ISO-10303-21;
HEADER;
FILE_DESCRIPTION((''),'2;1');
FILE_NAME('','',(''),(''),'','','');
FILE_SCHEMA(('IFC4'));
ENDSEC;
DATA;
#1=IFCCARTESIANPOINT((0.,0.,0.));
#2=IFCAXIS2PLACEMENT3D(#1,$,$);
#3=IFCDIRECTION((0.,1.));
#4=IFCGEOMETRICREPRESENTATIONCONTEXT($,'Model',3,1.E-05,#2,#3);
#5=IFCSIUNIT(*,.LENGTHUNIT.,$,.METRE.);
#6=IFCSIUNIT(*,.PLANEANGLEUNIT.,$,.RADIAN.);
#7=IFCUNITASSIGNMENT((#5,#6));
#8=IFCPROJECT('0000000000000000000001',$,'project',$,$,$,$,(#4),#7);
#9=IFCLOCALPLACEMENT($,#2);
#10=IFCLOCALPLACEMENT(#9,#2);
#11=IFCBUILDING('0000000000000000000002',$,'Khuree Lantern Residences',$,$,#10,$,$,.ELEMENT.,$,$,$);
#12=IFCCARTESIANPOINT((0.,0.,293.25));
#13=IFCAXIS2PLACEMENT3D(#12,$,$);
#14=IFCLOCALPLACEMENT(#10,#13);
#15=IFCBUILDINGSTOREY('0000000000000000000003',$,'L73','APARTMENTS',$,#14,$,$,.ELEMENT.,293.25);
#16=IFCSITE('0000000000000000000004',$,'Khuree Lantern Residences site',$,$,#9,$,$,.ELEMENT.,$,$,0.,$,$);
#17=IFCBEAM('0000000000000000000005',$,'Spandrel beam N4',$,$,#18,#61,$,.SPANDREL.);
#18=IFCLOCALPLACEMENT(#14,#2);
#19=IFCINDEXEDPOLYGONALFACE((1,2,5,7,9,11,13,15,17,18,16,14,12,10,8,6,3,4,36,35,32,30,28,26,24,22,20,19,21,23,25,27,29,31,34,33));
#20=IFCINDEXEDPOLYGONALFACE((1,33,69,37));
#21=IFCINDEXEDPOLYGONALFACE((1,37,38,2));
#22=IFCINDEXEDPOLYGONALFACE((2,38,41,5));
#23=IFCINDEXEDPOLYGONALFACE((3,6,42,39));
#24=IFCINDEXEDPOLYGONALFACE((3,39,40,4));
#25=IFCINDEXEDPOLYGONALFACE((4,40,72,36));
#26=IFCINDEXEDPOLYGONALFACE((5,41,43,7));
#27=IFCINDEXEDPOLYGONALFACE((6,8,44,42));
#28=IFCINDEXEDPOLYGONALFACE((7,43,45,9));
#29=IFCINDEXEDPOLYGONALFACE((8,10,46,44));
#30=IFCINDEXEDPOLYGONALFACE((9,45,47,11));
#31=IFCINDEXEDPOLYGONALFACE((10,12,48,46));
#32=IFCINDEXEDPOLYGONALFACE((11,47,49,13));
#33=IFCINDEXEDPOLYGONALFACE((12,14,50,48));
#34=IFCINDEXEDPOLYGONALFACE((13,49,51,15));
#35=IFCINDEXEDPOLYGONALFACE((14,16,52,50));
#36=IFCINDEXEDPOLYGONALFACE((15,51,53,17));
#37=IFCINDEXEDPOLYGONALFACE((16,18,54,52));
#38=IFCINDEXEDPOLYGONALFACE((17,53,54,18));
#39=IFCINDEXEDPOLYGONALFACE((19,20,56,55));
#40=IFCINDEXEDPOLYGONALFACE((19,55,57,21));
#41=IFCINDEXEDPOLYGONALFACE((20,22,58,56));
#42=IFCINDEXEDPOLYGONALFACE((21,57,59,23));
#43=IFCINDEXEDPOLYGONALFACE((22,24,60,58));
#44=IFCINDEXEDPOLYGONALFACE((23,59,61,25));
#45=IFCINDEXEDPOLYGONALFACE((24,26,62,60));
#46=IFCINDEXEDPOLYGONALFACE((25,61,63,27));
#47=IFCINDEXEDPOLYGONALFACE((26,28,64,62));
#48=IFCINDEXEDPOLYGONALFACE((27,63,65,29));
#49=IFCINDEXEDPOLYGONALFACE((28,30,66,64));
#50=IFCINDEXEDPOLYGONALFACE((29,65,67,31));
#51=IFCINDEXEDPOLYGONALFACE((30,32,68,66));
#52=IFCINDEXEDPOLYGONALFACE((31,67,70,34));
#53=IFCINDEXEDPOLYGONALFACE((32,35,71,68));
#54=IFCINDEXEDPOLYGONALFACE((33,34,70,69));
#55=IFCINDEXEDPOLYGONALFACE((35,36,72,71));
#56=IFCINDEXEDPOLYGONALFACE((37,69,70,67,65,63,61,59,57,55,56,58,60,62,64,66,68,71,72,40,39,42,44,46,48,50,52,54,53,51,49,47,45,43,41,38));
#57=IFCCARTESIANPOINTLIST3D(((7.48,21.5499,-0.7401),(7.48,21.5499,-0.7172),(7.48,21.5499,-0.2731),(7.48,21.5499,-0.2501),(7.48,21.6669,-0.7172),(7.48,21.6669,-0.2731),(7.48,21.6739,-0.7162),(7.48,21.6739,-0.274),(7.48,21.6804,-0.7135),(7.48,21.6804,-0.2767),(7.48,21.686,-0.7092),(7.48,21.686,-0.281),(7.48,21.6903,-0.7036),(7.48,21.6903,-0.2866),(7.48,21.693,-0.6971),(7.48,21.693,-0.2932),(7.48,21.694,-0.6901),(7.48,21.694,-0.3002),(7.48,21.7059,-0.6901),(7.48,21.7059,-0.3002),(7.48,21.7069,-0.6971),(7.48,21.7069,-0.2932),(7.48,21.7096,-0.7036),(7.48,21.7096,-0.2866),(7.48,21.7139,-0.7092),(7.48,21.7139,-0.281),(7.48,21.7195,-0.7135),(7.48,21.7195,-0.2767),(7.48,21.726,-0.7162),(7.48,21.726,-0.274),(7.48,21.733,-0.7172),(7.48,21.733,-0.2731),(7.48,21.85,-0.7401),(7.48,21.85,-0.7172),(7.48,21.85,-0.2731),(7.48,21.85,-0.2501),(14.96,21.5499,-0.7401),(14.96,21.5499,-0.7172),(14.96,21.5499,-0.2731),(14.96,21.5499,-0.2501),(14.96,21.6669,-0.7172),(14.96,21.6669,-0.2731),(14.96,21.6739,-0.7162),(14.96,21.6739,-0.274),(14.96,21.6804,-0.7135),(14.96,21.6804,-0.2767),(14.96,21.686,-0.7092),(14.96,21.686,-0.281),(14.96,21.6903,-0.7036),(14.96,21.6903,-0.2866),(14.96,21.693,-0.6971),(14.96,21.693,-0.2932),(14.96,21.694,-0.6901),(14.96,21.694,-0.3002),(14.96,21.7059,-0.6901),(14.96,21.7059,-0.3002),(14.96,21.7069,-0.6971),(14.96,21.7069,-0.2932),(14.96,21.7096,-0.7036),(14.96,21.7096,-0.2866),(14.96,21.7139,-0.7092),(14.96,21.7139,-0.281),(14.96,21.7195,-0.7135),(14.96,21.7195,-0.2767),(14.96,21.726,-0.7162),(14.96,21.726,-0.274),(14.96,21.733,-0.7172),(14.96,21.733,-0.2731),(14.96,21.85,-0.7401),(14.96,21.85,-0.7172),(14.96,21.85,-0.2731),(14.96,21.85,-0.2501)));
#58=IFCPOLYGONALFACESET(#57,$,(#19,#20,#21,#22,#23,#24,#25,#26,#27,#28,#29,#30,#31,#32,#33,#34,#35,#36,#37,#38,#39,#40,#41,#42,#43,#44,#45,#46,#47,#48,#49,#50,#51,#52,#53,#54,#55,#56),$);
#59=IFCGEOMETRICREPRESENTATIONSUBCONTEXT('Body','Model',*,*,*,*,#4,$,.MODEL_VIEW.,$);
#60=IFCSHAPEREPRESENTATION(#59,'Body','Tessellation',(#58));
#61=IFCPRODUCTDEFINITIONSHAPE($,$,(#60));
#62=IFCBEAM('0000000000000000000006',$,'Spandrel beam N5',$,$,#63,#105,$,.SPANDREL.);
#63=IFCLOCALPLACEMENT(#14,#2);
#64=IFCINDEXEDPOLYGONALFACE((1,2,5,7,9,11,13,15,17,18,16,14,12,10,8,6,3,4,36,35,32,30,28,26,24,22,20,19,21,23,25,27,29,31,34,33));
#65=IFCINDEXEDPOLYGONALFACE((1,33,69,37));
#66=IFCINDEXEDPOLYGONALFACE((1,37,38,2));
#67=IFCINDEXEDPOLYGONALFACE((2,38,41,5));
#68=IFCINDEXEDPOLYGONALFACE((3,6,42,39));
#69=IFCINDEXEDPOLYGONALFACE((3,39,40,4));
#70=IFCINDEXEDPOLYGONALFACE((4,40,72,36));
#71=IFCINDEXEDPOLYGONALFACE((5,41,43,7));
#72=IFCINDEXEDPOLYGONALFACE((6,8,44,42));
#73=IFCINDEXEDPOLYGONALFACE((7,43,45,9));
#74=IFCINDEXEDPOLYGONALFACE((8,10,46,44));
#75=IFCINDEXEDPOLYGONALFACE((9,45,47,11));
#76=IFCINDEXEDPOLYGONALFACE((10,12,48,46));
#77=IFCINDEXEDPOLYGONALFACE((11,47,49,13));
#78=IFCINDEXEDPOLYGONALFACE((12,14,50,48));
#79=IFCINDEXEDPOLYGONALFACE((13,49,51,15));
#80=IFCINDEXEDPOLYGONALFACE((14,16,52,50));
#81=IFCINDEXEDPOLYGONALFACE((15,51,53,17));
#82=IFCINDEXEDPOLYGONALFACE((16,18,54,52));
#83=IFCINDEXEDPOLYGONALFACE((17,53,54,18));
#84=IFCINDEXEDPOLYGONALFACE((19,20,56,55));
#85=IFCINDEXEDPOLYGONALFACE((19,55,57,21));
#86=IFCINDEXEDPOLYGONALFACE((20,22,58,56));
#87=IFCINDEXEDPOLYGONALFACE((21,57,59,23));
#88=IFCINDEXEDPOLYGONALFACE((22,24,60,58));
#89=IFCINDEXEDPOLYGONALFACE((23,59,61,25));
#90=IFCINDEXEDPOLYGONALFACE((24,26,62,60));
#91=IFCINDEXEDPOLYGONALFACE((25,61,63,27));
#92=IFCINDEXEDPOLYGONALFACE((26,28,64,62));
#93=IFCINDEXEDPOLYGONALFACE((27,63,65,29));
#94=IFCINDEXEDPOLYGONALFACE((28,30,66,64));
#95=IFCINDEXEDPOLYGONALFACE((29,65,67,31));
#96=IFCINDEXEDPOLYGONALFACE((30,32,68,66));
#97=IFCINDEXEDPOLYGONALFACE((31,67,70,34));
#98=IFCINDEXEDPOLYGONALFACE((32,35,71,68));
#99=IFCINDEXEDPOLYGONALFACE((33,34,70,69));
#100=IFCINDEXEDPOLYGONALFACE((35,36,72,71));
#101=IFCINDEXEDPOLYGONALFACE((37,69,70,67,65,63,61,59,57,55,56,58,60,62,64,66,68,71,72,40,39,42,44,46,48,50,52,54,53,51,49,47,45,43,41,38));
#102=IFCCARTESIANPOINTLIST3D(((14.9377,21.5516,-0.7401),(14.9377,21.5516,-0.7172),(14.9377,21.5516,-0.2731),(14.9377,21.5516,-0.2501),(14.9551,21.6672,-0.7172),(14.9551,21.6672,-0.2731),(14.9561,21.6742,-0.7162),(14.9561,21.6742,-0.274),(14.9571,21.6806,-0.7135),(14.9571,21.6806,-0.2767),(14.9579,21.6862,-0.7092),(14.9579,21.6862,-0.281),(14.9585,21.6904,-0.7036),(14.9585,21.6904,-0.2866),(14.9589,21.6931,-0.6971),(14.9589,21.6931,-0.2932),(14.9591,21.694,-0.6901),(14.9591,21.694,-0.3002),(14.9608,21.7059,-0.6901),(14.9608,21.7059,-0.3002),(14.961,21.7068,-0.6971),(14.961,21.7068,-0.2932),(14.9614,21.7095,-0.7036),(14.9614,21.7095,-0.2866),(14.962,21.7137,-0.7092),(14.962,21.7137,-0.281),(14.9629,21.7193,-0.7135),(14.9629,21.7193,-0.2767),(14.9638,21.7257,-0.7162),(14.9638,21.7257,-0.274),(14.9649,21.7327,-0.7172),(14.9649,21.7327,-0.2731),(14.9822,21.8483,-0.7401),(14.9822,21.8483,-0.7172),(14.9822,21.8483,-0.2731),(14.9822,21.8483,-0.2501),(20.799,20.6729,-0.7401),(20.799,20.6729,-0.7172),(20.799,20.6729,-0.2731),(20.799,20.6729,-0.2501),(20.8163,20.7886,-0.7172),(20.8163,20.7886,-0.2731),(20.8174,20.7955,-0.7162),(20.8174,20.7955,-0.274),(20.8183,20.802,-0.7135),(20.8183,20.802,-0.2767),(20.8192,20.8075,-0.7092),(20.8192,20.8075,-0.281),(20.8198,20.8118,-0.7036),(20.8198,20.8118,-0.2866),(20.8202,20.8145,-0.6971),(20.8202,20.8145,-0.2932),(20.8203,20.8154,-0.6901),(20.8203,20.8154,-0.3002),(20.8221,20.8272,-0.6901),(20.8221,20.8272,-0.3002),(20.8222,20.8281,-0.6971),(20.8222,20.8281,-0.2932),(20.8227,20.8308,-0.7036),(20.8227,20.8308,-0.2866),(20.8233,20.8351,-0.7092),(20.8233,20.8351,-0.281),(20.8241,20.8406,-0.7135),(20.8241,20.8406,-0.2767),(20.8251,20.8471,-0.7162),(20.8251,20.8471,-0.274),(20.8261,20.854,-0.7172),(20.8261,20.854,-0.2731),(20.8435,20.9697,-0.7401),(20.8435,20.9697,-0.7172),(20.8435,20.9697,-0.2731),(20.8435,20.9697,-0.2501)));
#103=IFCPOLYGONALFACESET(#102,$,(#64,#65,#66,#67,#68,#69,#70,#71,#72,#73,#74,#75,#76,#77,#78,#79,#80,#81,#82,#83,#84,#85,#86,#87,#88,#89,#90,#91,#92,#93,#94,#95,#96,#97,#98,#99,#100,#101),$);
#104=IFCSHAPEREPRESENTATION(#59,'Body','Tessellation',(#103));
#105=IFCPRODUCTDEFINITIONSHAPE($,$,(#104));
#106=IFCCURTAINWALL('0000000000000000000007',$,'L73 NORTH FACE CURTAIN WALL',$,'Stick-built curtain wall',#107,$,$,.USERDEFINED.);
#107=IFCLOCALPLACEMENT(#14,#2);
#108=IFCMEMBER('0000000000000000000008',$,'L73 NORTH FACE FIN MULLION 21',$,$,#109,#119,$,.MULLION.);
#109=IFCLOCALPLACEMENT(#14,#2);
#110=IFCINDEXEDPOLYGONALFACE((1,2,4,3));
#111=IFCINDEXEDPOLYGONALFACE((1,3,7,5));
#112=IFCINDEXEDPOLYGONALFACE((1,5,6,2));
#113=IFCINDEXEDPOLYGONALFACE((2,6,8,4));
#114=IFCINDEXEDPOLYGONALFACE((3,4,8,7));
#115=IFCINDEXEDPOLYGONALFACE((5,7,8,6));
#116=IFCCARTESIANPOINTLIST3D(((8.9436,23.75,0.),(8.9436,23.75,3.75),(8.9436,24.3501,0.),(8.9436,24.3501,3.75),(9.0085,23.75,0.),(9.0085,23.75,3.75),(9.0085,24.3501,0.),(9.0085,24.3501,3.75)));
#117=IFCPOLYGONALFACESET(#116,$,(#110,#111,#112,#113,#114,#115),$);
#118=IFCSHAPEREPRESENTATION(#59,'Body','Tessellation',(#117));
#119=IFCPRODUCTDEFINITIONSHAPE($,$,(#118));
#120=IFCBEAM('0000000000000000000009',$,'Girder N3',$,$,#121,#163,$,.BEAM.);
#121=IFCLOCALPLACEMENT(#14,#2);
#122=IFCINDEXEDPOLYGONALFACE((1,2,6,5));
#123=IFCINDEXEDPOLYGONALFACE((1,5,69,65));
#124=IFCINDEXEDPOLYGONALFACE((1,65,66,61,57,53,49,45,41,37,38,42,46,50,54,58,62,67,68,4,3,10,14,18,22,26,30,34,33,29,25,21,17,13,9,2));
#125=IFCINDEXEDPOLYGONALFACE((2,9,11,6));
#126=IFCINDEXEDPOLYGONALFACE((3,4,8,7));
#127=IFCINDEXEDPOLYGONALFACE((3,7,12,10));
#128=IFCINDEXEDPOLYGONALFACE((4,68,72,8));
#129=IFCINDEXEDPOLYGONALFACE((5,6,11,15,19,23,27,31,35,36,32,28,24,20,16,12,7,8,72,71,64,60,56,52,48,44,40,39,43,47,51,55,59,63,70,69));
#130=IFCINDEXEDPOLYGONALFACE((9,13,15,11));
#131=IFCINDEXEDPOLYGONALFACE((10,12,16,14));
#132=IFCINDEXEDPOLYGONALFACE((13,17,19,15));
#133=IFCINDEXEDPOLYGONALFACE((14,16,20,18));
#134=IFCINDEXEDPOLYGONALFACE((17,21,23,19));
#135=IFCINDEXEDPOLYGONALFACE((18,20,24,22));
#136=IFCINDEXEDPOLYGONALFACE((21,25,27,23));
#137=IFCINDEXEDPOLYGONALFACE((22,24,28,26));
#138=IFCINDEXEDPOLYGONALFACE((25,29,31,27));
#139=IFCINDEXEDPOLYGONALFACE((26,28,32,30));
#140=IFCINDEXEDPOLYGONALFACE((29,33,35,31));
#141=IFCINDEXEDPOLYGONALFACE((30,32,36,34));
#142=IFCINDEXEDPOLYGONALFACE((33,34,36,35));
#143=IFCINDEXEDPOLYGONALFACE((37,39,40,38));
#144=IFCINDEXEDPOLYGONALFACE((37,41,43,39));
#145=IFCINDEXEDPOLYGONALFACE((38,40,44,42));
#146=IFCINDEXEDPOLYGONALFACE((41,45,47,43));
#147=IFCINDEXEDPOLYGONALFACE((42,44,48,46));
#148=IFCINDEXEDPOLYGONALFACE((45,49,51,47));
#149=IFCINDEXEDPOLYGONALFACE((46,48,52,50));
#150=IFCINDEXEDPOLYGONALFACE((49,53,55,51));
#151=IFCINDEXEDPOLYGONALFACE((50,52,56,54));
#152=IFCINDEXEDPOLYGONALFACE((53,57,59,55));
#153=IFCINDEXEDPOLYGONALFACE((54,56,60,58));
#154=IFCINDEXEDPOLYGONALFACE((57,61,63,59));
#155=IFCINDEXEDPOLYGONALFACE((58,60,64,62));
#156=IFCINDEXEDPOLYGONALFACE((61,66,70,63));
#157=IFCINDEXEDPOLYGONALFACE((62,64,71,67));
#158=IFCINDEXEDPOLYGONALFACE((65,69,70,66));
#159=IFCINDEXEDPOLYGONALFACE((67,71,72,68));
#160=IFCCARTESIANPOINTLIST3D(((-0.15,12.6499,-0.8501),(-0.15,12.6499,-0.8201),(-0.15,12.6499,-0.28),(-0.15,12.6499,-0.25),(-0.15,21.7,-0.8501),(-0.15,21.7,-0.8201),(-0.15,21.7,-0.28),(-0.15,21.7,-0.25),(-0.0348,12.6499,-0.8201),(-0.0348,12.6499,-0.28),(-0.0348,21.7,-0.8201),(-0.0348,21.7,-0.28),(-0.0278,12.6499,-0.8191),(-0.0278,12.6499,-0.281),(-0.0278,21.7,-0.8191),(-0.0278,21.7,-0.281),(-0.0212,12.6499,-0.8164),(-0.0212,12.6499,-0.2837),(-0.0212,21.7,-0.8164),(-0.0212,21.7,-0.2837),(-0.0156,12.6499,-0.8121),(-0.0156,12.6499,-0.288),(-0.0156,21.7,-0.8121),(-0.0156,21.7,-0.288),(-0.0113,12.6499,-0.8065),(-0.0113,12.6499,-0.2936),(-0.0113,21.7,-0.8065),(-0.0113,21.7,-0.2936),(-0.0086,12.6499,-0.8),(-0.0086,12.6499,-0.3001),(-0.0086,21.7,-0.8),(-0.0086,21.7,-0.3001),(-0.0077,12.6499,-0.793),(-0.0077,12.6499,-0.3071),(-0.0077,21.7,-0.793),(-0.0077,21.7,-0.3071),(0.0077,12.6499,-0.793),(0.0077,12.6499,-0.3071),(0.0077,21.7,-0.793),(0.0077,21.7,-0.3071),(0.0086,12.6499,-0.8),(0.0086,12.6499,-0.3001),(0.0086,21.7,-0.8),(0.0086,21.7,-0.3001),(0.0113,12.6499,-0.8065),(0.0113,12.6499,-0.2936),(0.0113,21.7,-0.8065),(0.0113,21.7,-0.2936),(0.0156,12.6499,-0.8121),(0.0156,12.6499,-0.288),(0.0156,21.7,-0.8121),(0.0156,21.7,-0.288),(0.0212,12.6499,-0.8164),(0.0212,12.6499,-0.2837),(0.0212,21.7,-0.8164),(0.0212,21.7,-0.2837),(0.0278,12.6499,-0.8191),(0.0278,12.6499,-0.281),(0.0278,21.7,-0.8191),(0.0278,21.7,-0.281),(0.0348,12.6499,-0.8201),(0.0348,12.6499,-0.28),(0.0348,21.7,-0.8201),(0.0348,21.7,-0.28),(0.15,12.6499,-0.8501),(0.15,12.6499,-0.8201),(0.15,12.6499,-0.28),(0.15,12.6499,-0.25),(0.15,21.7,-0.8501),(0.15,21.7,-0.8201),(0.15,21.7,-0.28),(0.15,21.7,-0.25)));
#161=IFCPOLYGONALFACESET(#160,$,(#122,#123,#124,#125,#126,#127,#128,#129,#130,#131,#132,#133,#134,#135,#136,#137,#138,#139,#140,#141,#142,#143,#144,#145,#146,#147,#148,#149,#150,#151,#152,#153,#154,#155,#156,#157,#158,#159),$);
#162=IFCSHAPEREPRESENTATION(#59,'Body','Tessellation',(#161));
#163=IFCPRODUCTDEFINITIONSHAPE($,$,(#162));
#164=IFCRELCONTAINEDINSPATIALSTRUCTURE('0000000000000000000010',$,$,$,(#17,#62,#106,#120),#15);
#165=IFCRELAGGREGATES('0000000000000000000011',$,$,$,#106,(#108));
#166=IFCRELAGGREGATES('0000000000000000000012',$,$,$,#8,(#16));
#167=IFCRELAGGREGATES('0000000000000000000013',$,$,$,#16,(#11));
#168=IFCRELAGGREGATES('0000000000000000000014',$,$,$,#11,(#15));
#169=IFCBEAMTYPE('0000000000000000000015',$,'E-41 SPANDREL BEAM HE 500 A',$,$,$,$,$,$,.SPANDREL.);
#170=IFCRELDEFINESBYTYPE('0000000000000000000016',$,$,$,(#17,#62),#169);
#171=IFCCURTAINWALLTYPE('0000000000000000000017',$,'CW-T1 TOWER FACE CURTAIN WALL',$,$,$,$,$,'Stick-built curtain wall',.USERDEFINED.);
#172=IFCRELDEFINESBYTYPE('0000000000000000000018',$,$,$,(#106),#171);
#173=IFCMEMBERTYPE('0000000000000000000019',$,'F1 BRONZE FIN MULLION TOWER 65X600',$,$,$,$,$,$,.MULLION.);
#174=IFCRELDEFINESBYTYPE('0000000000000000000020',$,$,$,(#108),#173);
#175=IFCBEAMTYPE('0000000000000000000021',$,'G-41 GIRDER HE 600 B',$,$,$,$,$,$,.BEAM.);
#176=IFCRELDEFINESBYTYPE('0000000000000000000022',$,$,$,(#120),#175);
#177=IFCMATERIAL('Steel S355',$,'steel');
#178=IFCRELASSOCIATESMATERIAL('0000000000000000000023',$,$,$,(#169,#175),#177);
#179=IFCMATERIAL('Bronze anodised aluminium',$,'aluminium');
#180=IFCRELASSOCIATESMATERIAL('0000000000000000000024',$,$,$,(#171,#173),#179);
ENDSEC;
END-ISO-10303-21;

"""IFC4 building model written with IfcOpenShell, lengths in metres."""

from ifc_helpers import new_model, si_unit, direction, frame, origin, origin_2d, place, context, subcontext, project, spatial, rectangle, i_section, extrude, material, material_profile, profile_set, type_object, element, aggregate, save


model = new_model("IFC4")

# Units and contexts
model_context = context("Model", 3, precision=1e-05, world=origin(), true_north=direction((0.0, 1.0)))
body_context = subcontext(model_context, "Body", "Model", "MODEL_VIEW")
ifc_project = project(units=[si_unit("LENGTHUNIT", "METRE"), si_unit("PLANEANGLEUNIT", "RADIAN")], contexts=[model_context])

# Site, building, storey
site_placement = place(None, origin())
site = spatial("IfcSite", under=ifc_project, at=site_placement, Name="Khuree Lantern Residences site", CompositionType="ELEMENT", RefElevation=0.0)
building_placement = place(site_placement, origin())
building = spatial("IfcBuilding", under=site, at=building_placement, Name="Khuree Lantern Residences", CompositionType="ELEMENT")
storey_placement = place(building_placement, frame((0.0, 0.0, 293.25)))
storey = spatial("IfcBuildingStorey", under=building, at=storey_placement, Name="L73", Description="APARTMENTS", CompositionType="ELEMENT", Elevation=293.25)

# Beams
ifc_material_1 = material(Name="Steel S355", Category="steel")
ifc_material_profile_1 = material_profile(ifc_material_1, i_section(OverallWidth=0.3, OverallDepth=0.49, WebThickness=0.012, FlangeThickness=0.0229, FilletRadius=0.0271, at=origin_2d()), Name="HE 500 A")
ifc_profile_set_1 = profile_set([ifc_material_profile_1], Name="Steel S355")
beam_type_1 = type_object("IfcBeamType", Name="E-41 SPANDREL BEAM HE 500 A", PredefinedType="SPANDREL", material=ifc_profile_set_1)
for number, where, z_axis, x_axis, name in (
    (1, (7.48, 21.7, -0.4951), (1.0, 0.0, 0.0), (0.0, 1.0, 0.0), "Spandrel beam N4"),
):
    element("IfcBeam", number, at=place(storey_placement, frame(where, z_axis=z_axis, x_axis=x_axis)), inside=storey, type_object=beam_type_1, Name=name, PredefinedType="SPANDREL", context=body_context, shape_type="SweptSolid", body=[
        extrude(i_section(OverallWidth=0.3, OverallDepth=0.49, WebThickness=0.012, FlangeThickness=0.0229, FilletRadius=0.0271, at=origin_2d()), origin(), (0.0, 0.0, 1.0), 7.48),
    ])
beam_placement = place(storey_placement, frame((14.96, 21.7, -0.4951), z_axis=(0.98895, -0.148252, 0.0), x_axis=(0.148252, 0.98895, 0.0)))
element("IfcBeam", 2, at=beam_placement, inside=storey, type_object=beam_type_1, Name="Spandrel beam N5", PredefinedType="SPANDREL", context=body_context, shape_type="SweptSolid", body=[
    extrude(i_section(OverallWidth=0.3, OverallDepth=0.49, WebThickness=0.012, FlangeThickness=0.0229, FilletRadius=0.0271, at=origin_2d()), origin(), (0.0, 0.0, 1.0), 5.9268),
])

# Curtain wall, member
ifc_material_2 = material(Name="Bronze anodised aluminium", Category="aluminium")
curtain_wall_type = type_object("IfcCurtainWallType", Name="CW-T1 TOWER FACE CURTAIN WALL", ElementType="Stick-built curtain wall", PredefinedType="USERDEFINED", material=ifc_material_2)
curtain_wall_placement = place(storey_placement, origin())
curtain_wall = element("IfcCurtainWall", 3, at=curtain_wall_placement, inside=storey, type_object=curtain_wall_type, Name="L73 NORTH FACE CURTAIN WALL", ObjectType="Stick-built curtain wall", PredefinedType="USERDEFINED")
ifc_material_profile_2 = material_profile(ifc_material_2, rectangle(XDim=0.0649, YDim=0.6001, at=origin_2d()), Name="F1 65X600")
ifc_profile_set_2 = profile_set([ifc_material_profile_2], Name="Bronze anodised aluminium")
member_type_1 = type_object("IfcMemberType", Name="F1 BRONZE FIN MULLION TOWER 65X600", PredefinedType="MULLION", material=ifc_profile_set_2)
member_1_placement = place(storey_placement, frame((8.9761, 24.05, 0.0), z_axis=(0.0, 0.0, 1.0), x_axis=(-1.0, 0.0, 0.0)))
member_1 = element("IfcMember", 4, at=member_1_placement, type_object=member_type_1, Name="L73 NORTH FACE FIN MULLION 21", PredefinedType="MULLION", context=body_context, shape_type="SweptSolid", body=[
    extrude(rectangle(XDim=0.0649, YDim=0.6001, at=origin_2d()), origin(), (0.0, 0.0, 1.0), 3.75),
])

# Beam
ifc_material_profile_3 = material_profile(ifc_material_1, i_section(OverallWidth=0.3, OverallDepth=0.6001, WebThickness=0.0154, FlangeThickness=0.03, FilletRadius=0.0271, at=origin_2d()), Name="HE 600 B")
ifc_profile_set_3 = profile_set([ifc_material_profile_3], Name="Steel S355")
beam_type_2 = type_object("IfcBeamType", Name="G-41 GIRDER HE 600 B", PredefinedType="BEAM", material=ifc_profile_set_3)
for number, where, z_axis, x_axis, name in (
    (5, (0.0, 21.7, -0.55), (0.0, -1.0, 0.0), (1.0, 0.0, 0.0), "Girder N3"),
):
    element("IfcBeam", number, at=place(storey_placement, frame(where, z_axis=z_axis, x_axis=x_axis)), inside=storey, type_object=beam_type_2, Name=name, PredefinedType="BEAM", context=body_context, shape_type="SweptSolid", body=[
        extrude(i_section(OverallWidth=0.3, OverallDepth=0.6001, WebThickness=0.0154, FlangeThickness=0.03, FilletRadius=0.0271, at=origin_2d()), origin(), (0.0, 0.0, 1.0), 9.05),
    ])

aggregate(curtain_wall, [member_1])

save(model, "model.ifc")
